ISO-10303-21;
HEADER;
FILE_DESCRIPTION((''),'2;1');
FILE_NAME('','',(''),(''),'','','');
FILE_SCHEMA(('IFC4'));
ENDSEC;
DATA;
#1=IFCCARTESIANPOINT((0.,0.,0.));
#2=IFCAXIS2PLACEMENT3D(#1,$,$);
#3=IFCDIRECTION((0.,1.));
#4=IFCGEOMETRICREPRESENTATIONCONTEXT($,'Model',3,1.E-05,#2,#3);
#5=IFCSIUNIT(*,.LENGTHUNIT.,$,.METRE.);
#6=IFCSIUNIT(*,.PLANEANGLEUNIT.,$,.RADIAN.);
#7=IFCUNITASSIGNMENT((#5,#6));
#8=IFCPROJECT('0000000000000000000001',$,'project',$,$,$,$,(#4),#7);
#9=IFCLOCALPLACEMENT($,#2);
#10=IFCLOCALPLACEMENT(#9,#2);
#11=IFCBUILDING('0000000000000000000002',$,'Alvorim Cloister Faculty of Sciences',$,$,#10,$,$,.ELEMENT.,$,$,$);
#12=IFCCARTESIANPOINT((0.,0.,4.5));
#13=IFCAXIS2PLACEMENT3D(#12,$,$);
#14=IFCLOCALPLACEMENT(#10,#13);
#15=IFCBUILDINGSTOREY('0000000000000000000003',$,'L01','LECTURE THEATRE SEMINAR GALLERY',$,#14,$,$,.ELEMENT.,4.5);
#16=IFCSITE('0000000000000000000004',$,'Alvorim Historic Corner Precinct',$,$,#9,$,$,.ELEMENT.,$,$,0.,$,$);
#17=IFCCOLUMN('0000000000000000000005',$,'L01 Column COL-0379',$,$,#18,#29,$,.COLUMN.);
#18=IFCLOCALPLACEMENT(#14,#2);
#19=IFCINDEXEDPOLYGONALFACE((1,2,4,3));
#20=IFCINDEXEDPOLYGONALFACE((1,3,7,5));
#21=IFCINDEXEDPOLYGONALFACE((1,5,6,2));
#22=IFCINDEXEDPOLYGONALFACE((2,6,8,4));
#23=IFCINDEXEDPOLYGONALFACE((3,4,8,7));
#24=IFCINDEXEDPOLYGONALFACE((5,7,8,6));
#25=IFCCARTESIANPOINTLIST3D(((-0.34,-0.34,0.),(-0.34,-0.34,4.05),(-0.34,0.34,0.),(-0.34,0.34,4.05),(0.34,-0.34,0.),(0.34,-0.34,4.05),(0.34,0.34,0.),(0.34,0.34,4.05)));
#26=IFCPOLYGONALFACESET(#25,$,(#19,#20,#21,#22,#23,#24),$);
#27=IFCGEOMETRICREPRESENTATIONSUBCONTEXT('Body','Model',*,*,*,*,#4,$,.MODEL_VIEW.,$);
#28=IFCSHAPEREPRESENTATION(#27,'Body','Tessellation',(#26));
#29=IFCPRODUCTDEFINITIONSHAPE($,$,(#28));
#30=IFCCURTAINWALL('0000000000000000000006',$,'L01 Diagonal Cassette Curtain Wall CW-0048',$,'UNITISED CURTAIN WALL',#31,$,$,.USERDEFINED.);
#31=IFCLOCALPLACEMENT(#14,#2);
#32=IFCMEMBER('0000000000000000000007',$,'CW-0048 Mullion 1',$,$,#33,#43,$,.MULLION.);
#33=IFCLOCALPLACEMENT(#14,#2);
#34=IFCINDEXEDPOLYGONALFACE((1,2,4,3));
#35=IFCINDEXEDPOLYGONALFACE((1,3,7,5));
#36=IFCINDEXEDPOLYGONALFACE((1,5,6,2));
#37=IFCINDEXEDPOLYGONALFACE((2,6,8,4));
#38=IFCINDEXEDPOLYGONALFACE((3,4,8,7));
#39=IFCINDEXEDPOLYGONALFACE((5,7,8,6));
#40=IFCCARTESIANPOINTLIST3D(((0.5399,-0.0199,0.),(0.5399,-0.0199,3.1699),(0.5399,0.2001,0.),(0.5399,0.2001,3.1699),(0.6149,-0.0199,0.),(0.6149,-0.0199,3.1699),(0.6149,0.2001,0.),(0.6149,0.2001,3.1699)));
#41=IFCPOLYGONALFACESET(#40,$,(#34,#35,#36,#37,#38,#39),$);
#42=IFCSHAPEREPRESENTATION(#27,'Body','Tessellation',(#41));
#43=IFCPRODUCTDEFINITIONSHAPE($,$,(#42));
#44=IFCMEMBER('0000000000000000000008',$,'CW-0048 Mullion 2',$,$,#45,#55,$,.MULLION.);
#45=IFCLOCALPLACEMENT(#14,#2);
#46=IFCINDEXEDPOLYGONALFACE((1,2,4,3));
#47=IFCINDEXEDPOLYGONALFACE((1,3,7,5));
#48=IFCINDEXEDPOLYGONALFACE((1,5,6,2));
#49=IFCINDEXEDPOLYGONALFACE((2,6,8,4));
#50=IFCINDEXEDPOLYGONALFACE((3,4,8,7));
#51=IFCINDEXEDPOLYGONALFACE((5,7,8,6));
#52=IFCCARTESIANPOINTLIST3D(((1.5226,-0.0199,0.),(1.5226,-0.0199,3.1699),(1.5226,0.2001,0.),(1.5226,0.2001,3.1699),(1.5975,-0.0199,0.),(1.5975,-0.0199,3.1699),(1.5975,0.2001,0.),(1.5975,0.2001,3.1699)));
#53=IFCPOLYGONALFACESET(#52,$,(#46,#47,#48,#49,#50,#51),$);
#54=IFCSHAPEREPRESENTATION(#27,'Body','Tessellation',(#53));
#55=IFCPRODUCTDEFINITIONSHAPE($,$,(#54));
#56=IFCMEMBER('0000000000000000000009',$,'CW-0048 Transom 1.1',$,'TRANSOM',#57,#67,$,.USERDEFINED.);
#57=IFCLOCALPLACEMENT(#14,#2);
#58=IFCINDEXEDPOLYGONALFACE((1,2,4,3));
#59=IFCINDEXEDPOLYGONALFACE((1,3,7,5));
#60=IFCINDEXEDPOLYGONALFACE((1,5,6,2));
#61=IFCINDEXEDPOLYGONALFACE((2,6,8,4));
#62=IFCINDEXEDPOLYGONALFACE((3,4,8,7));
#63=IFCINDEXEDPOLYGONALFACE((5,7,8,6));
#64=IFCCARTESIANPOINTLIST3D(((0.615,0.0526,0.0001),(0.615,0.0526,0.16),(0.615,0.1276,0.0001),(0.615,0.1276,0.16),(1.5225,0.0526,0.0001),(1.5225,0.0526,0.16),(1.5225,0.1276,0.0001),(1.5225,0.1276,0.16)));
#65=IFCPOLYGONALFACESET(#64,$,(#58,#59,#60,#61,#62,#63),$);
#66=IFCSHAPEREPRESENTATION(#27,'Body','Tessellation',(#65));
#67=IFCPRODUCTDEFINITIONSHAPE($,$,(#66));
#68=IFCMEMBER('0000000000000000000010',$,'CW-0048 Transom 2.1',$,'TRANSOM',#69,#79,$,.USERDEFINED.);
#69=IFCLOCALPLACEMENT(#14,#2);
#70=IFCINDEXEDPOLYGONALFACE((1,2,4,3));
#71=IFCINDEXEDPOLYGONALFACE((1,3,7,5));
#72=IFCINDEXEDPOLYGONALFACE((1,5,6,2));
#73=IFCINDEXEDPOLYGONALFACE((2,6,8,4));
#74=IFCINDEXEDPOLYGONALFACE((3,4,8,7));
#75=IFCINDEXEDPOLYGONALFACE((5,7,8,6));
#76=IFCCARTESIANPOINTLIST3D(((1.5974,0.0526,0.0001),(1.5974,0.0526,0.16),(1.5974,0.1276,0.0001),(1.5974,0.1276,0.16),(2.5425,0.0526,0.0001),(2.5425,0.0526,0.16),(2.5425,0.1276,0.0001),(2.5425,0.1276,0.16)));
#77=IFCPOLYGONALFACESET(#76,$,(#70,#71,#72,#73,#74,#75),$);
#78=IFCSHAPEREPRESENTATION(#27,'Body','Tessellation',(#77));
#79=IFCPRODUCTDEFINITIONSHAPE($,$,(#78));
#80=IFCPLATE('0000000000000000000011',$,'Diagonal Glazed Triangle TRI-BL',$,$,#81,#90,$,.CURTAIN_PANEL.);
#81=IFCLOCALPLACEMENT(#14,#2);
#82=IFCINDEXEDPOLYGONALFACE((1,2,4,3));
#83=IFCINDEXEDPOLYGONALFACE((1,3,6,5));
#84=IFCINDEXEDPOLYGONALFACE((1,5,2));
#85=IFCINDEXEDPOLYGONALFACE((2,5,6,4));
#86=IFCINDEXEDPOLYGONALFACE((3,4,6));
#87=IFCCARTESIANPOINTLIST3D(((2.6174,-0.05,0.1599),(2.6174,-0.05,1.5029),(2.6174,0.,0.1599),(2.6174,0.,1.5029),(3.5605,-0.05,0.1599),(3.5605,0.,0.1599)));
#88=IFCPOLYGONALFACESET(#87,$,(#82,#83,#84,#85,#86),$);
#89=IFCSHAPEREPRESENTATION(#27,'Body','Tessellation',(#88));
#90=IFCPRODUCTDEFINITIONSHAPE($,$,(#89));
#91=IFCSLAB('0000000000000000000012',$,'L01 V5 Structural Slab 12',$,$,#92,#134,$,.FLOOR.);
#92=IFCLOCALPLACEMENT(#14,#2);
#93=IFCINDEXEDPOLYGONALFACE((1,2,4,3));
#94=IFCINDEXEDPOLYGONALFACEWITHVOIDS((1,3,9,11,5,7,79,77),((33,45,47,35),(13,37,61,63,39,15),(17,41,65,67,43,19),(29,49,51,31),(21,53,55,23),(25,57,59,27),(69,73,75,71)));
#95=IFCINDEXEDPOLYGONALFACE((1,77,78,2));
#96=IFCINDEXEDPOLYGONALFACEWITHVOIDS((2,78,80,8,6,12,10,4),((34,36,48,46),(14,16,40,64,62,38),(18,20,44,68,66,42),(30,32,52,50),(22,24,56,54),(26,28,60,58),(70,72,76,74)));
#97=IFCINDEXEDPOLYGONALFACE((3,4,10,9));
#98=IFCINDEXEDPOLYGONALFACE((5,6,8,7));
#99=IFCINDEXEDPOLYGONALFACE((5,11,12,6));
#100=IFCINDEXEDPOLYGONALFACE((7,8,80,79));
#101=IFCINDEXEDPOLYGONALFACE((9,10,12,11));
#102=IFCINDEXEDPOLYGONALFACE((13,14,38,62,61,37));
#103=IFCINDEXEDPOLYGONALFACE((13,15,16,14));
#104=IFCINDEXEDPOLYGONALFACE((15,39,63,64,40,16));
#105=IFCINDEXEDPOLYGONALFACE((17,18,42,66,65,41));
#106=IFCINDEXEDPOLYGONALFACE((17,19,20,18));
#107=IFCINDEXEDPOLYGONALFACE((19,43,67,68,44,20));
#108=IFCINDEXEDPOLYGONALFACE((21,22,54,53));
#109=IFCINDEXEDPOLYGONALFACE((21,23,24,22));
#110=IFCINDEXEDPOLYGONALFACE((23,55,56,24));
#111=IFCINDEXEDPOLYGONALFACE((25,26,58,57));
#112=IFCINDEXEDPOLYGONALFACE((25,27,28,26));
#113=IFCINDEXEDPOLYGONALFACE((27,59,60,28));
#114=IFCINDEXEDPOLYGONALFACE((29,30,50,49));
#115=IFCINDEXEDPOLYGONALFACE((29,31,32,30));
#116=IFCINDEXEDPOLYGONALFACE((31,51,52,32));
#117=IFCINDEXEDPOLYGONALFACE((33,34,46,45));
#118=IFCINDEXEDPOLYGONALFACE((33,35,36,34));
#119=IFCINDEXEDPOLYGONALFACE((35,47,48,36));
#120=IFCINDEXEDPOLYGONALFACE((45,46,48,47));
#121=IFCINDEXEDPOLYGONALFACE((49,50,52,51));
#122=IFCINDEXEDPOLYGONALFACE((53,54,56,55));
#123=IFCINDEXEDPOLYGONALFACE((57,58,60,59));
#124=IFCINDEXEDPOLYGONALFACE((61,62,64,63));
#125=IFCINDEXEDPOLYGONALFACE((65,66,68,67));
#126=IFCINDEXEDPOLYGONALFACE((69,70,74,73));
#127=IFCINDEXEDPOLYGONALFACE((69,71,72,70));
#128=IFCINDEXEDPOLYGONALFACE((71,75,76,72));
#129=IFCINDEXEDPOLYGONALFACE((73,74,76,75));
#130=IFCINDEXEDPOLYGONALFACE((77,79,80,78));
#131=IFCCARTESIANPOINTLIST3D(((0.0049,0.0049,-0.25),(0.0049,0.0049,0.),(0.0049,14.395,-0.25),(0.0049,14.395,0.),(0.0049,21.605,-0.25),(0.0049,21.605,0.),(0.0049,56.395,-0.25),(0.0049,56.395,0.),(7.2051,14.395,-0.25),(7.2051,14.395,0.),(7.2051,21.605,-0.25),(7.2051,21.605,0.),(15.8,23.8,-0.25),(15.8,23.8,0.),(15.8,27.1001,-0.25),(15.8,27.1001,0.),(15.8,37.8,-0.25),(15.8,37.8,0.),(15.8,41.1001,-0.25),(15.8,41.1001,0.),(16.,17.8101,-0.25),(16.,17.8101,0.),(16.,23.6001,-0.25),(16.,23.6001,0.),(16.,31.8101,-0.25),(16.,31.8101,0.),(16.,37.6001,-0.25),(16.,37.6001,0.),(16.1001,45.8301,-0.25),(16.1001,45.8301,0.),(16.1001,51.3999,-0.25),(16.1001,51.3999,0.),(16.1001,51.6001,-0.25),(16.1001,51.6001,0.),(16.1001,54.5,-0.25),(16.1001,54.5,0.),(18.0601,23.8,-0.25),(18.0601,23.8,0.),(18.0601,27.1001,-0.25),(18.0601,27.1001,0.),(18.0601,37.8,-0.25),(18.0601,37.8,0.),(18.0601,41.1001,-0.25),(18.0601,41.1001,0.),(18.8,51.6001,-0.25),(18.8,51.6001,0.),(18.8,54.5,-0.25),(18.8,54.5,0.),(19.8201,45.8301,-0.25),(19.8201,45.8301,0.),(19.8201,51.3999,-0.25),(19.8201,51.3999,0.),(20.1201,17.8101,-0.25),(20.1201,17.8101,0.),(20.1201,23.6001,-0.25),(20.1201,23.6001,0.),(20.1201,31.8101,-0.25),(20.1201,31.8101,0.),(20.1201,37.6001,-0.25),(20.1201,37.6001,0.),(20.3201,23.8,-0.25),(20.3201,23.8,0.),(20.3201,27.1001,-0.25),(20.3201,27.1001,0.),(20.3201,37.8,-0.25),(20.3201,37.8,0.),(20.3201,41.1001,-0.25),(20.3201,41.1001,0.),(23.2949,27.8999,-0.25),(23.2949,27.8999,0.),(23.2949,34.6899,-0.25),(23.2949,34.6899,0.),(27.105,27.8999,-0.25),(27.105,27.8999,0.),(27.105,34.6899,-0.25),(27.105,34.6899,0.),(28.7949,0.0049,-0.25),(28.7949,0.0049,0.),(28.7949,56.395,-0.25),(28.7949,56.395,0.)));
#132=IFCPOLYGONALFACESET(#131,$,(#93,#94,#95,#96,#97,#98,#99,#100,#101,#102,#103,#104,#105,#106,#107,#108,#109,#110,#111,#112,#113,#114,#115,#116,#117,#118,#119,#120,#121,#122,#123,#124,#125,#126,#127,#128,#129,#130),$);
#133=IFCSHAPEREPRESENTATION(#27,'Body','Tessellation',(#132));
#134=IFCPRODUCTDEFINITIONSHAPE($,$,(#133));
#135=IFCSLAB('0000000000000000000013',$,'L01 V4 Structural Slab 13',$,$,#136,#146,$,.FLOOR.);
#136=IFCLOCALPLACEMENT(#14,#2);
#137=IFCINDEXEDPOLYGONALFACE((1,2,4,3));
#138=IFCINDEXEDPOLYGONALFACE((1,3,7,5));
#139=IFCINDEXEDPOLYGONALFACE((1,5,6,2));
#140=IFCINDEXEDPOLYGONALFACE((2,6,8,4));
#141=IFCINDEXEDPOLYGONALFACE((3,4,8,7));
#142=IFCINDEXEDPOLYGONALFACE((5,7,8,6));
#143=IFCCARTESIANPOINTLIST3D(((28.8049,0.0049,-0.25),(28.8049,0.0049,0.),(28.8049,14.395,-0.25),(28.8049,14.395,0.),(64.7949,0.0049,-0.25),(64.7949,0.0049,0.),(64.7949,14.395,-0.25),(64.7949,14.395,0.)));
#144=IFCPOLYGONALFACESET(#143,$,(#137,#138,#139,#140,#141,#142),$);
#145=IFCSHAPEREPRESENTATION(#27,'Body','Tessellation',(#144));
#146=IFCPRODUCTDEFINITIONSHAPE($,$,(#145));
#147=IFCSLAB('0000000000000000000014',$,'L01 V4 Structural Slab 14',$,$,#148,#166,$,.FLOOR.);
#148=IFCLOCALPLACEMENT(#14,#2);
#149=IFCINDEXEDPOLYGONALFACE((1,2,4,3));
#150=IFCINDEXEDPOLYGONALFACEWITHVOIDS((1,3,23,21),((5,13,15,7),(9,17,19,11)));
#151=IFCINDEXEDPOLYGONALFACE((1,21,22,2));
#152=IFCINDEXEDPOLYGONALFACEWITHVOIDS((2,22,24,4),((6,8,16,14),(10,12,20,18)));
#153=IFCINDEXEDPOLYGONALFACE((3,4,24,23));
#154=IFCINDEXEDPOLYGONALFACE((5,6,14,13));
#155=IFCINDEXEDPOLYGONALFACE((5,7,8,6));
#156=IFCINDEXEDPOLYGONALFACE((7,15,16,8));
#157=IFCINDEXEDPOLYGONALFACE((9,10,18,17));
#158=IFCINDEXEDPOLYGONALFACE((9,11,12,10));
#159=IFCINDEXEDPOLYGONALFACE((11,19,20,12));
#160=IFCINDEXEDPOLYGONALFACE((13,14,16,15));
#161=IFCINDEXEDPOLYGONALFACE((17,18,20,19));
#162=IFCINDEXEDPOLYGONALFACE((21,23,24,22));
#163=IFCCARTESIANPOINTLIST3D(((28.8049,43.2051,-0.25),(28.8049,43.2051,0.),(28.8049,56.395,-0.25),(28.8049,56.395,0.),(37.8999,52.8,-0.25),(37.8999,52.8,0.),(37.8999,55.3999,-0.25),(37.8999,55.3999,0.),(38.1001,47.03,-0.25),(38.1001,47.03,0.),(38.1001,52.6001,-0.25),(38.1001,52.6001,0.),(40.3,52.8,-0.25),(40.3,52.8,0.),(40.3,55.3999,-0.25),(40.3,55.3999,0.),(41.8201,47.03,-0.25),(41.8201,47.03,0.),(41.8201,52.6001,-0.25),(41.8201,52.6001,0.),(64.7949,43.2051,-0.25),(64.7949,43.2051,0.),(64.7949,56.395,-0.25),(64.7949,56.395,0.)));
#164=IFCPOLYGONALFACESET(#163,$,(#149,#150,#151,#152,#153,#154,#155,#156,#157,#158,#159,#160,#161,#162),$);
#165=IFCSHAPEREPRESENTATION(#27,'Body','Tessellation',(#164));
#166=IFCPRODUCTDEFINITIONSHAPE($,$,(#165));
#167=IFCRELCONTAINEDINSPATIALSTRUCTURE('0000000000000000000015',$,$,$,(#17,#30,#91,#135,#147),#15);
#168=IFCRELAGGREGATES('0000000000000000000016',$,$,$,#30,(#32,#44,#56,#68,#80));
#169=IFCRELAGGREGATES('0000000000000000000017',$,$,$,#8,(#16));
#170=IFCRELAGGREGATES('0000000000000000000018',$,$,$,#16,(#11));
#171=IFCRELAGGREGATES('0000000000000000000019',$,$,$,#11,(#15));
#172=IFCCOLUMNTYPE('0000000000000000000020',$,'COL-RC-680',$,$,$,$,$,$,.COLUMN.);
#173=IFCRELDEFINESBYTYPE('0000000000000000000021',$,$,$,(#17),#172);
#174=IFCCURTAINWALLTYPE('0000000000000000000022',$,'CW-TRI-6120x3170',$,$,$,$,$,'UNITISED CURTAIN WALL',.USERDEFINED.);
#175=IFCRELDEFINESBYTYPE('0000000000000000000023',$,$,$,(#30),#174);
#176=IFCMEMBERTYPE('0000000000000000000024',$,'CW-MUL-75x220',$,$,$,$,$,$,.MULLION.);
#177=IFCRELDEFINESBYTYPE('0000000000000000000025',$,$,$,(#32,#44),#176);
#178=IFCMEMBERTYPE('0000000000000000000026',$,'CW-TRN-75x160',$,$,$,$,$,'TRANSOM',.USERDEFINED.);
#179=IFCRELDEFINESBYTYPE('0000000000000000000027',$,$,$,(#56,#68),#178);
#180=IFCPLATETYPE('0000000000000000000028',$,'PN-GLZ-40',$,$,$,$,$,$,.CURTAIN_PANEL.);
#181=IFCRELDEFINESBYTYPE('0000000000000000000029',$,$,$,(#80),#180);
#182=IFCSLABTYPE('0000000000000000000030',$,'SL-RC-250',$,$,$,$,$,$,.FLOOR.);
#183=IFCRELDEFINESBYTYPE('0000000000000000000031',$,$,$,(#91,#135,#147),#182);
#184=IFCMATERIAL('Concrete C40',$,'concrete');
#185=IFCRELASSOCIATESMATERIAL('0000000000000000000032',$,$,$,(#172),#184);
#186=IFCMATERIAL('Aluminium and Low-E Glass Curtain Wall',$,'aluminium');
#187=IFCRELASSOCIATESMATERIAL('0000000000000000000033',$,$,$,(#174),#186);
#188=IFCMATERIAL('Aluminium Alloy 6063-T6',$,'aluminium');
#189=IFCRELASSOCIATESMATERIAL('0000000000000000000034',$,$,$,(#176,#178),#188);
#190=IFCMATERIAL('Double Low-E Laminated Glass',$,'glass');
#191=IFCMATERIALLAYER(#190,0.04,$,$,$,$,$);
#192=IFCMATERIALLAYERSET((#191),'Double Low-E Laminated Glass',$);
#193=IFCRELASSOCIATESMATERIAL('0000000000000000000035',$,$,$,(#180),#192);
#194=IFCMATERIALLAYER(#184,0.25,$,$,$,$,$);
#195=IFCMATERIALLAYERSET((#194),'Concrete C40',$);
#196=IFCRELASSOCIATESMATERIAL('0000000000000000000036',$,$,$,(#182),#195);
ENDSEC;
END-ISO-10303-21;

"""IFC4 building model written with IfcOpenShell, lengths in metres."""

from ifc_helpers import new_model, si_unit, direction, frame, origin, origin_with_axes, origin_2d, place, context, subcontext, project, spatial, polyline, rectangle, outline, extrude, material, layer, layer_set, material_profile, profile_set, type_object, element, aggregate, save


model = new_model("IFC4")

# Units and contexts
model_context = context("Model", 3, precision=1e-05, world=origin(), true_north=direction((0.0, 1.0)))
body_context = subcontext(model_context, "Body", "Model", "MODEL_VIEW")
ifc_project = project(units=[si_unit("LENGTHUNIT", "METRE"), si_unit("PLANEANGLEUNIT", "RADIAN")], contexts=[model_context])

# Site, building, storey
site_placement = place(None, origin())
site = spatial("IfcSite", under=ifc_project, at=site_placement, Name="Alvorim Historic Corner Precinct", CompositionType="ELEMENT", RefElevation=0.0)
building_placement = place(site_placement, origin())
building = spatial("IfcBuilding", under=site, at=building_placement, Name="Alvorim Cloister Faculty of Sciences", CompositionType="ELEMENT")
storey_placement = place(building_placement, frame((0.0, 0.0, 4.5)))
storey = spatial("IfcBuildingStorey", under=building, at=storey_placement, Name="L01", Description="LECTURE THEATRE SEMINAR GALLERY", CompositionType="ELEMENT", Elevation=4.5)

# Column
ifc_material_1 = material(Name="Concrete C40", Category="concrete")
ifc_material_profile_1 = material_profile(ifc_material_1, rectangle(XDim=0.6799, YDim=0.6799, at=origin_2d()), Name="RC40-COL-680x680")
ifc_profile_set_1 = profile_set([ifc_material_profile_1], Name="Concrete C40")
column_type = type_object("IfcColumnType", Name="COL-RC-680", PredefinedType="COLUMN", material=ifc_profile_set_1)
column_placement = place(storey_placement, origin_with_axes())
element("IfcColumn", 1, at=column_placement, inside=storey, type_object=column_type, Name="L01 Column COL-0379", PredefinedType="COLUMN", context=body_context, shape_type="SweptSolid", body=[
    extrude(rectangle(XDim=0.6799, YDim=0.6799, at=origin_2d()), origin(), (0.0, 0.0, 1.0), 4.05),
])

# Curtain wall, members, plate
ifc_material_2 = material(Name="Aluminium and Low-E Glass Curtain Wall", Category="aluminium")
curtain_wall_type = type_object("IfcCurtainWallType", Name="CW-TRI-6120x3170", ElementType="UNITISED CURTAIN WALL", PredefinedType="USERDEFINED", material=ifc_material_2)
curtain_wall_placement = place(storey_placement, origin())
curtain_wall = element("IfcCurtainWall", 2, at=curtain_wall_placement, inside=storey, type_object=curtain_wall_type, Name="L01 Diagonal Cassette Curtain Wall CW-0048", ObjectType="UNITISED CURTAIN WALL", PredefinedType="USERDEFINED")
ifc_material_3 = material(Name="Aluminium Alloy 6063-T6", Category="aluminium")
ifc_material_profile_2 = material_profile(ifc_material_3, rectangle(XDim=0.075, YDim=0.22, at=origin_2d()), Name="ALU-MUL-75x220")
ifc_profile_set_2 = profile_set([ifc_material_profile_2], Name="Aluminium Alloy 6063-T6")
member_type_1 = type_object("IfcMemberType", Name="CW-MUL-75x220", PredefinedType="MULLION", material=ifc_profile_set_2)
member_1_placement = place(storey_placement, frame((0.5774, 0.0901, 0.0), z_axis=(0.0, 0.0, 1.0), x_axis=(1.0, 0.0, 0.0)))
member_1 = element("IfcMember", 3, at=member_1_placement, type_object=member_type_1, Name="CW-0048 Mullion 1", PredefinedType="MULLION", context=body_context, shape_type="SweptSolid", body=[
    extrude(rectangle(XDim=0.075, YDim=0.22, at=origin_2d()), origin(), (0.0, 0.0, 1.0), 3.1699),
])
member_2_placement = place(storey_placement, frame((1.5601, 0.0901, 0.0), z_axis=(0.0, 0.0, 1.0), x_axis=(1.0, 0.0, 0.0)))
member_2 = element("IfcMember", 4, at=member_2_placement, type_object=member_type_1, Name="CW-0048 Mullion 2", PredefinedType="MULLION", context=body_context, shape_type="SweptSolid", body=[
    extrude(rectangle(XDim=0.075, YDim=0.22, at=origin_2d()), origin(), (0.0, 0.0, 1.0), 3.1699),
])
ifc_material_profile_3 = material_profile(ifc_material_3, rectangle(XDim=0.075, YDim=0.1599, at=origin_2d()), Name="ALU-TRN-75x160")
ifc_profile_set_3 = profile_set([ifc_material_profile_3], Name="Aluminium Alloy 6063-T6")
member_type_2 = type_object("IfcMemberType", Name="CW-TRN-75x160", ElementType="TRANSOM", PredefinedType="USERDEFINED", material=ifc_profile_set_3)
member_3_placement = place(storey_placement, frame((0.615, 0.0901, 0.0801), z_axis=(1.0, 0.0, 0.0), x_axis=(0.0, 1.0, 0.0)))
member_3 = element("IfcMember", 5, at=member_3_placement, type_object=member_type_2, Name="CW-0048 Transom 1.1", ObjectType="TRANSOM", PredefinedType="USERDEFINED", context=body_context, shape_type="SweptSolid", body=[
    extrude(rectangle(XDim=0.075, YDim=0.1599, at=origin_2d()), origin(), (0.0, 0.0, 1.0), 0.9075),
])
member_4_placement = place(storey_placement, frame((1.5974, 0.0901, 0.0801), z_axis=(1.0, 0.0, 0.0), x_axis=(0.0, 1.0, 0.0)))
member_4 = element("IfcMember", 6, at=member_4_placement, type_object=member_type_2, Name="CW-0048 Transom 2.1", ObjectType="TRANSOM", PredefinedType="USERDEFINED", context=body_context, shape_type="SweptSolid", body=[
    extrude(rectangle(XDim=0.075, YDim=0.1599, at=origin_2d()), origin(), (0.0, 0.0, 1.0), 0.9451),
])
ifc_material_4 = material(Name="Double Low-E Laminated Glass", Category="glass")
ifc_layer_1 = layer(ifc_material_4, 0.04)
ifc_layer_set_1 = layer_set([ifc_layer_1], Name="Double Low-E Laminated Glass")
plate_type = type_object("IfcPlateType", Name="PN-GLZ-40", PredefinedType="CURTAIN_PANEL", material=ifc_layer_set_1)
plate_1_placement = place(storey_placement, frame((2.6174, -0.0249, 0.1599), z_axis=(0.0, 0.0, 1.0), x_axis=(1.0, 0.0, 0.0)))
plate_1 = element("IfcPlate", 7, at=plate_1_placement, type_object=plate_type, Name="Diagonal Glazed Triangle TRI-BL", PredefinedType="CURTAIN_PANEL", context=body_context, shape_type="SweptSolid", body=[
    extrude(outline(polyline([(0.0, 0.0), (0.9431, 0.0), (0.0, 1.343), (0.0, 0.0)])), frame((0.0, 0.0249, 0.0), z_axis=(0.0, -1.0, 0.0), x_axis=(1.0, 0.0, 0.0)), (0.0, 0.0, 1.0), 0.05),
])
aggregate(curtain_wall, [member_1, member_2, member_3, member_4, plate_1])

# Slabs
ifc_layer_2 = layer(ifc_material_1, 0.25)
ifc_layer_set_2 = layer_set([ifc_layer_2], Name="Concrete C40")
slab_type = type_object("IfcSlabType", Name="SL-RC-250", PredefinedType="FLOOR", material=ifc_layer_set_2)
slab_1_placement = place(storey_placement, frame((0.0, 0.0, -0.25)))
element("IfcSlab", 8, at=slab_1_placement, inside=storey, type_object=slab_type, Name="L01 V5 Structural Slab 12", PredefinedType="FLOOR", context=body_context, shape_type="SweptSolid", body=[
    extrude(outline(polyline([(0.0049, 0.0049), (0.0049, 14.395), (7.2051, 14.395), (7.2051, 21.605), (0.0049, 21.605), (0.0049, 56.395), (28.7949, 56.395), (28.7949, 0.0049), (0.0049, 0.0049)]), holes=[polyline([(20.1201, 23.6001), (16.0, 23.6001), (16.0, 17.8101), (20.1201, 17.8101), (20.1201, 23.6001)]), polyline([(18.0601, 27.1001), (15.8, 27.1001), (15.8, 23.8), (18.0601, 23.8), (20.3201, 23.8), (20.3201, 27.1001), (18.0601, 27.1001)]), polyline([(20.1201, 37.6001), (16.0, 37.6001), (16.0, 31.8101), (20.1201, 31.8101), (20.1201, 37.6001)]), polyline([(18.0601, 41.1001), (15.8, 41.1001), (15.8, 37.8), (18.0601, 37.8), (20.3201, 37.8), (20.3201, 41.1001), (18.0601, 41.1001)]), polyline([(19.8201, 51.3999), (16.1001, 51.3999), (16.1001, 45.8301), (19.8201, 45.8301), (19.8201, 51.3999)]), polyline([(18.8, 51.6001), (18.8, 54.5), (16.1001, 54.5), (16.1001, 51.6001), (18.8, 51.6001)]), polyline([(27.105, 34.6899), (23.2949, 34.6899), (23.2949, 27.8999), (27.105, 27.8999), (27.105, 34.6899)])]), origin(), (0.0, 0.0, 1.0), 0.25),
])
slab_2_placement = place(storey_placement, frame((0.0, 0.0, -0.25)))
element("IfcSlab", 9, at=slab_2_placement, inside=storey, type_object=slab_type, Name="L01 V4 Structural Slab 13", PredefinedType="FLOOR", context=body_context, shape_type="SweptSolid", body=[
    extrude(outline(polyline([(28.8049, 14.395), (64.7949, 14.395), (64.7949, 0.0049), (28.8049, 0.0049), (28.8049, 14.395)])), origin(), (0.0, 0.0, 1.0), 0.25),
])
slab_3_placement = place(storey_placement, frame((0.0, 0.0, -0.25)))
element("IfcSlab", 10, at=slab_3_placement, inside=storey, type_object=slab_type, Name="L01 V4 Structural Slab 14", PredefinedType="FLOOR", context=body_context, shape_type="SweptSolid", body=[
    extrude(outline(polyline([(28.8049, 56.395), (64.7949, 56.395), (64.7949, 43.2051), (28.8049, 43.2051), (28.8049, 56.395)]), holes=[polyline([(41.8201, 47.03), (41.8201, 52.6001), (38.1001, 52.6001), (38.1001, 47.03), (41.8201, 47.03)]), polyline([(40.3, 52.8), (40.3, 55.3999), (37.8999, 55.3999), (37.8999, 52.8), (40.3, 52.8)])]), origin(), (0.0, 0.0, 1.0), 0.25),
])

save(model, "model.ifc")
